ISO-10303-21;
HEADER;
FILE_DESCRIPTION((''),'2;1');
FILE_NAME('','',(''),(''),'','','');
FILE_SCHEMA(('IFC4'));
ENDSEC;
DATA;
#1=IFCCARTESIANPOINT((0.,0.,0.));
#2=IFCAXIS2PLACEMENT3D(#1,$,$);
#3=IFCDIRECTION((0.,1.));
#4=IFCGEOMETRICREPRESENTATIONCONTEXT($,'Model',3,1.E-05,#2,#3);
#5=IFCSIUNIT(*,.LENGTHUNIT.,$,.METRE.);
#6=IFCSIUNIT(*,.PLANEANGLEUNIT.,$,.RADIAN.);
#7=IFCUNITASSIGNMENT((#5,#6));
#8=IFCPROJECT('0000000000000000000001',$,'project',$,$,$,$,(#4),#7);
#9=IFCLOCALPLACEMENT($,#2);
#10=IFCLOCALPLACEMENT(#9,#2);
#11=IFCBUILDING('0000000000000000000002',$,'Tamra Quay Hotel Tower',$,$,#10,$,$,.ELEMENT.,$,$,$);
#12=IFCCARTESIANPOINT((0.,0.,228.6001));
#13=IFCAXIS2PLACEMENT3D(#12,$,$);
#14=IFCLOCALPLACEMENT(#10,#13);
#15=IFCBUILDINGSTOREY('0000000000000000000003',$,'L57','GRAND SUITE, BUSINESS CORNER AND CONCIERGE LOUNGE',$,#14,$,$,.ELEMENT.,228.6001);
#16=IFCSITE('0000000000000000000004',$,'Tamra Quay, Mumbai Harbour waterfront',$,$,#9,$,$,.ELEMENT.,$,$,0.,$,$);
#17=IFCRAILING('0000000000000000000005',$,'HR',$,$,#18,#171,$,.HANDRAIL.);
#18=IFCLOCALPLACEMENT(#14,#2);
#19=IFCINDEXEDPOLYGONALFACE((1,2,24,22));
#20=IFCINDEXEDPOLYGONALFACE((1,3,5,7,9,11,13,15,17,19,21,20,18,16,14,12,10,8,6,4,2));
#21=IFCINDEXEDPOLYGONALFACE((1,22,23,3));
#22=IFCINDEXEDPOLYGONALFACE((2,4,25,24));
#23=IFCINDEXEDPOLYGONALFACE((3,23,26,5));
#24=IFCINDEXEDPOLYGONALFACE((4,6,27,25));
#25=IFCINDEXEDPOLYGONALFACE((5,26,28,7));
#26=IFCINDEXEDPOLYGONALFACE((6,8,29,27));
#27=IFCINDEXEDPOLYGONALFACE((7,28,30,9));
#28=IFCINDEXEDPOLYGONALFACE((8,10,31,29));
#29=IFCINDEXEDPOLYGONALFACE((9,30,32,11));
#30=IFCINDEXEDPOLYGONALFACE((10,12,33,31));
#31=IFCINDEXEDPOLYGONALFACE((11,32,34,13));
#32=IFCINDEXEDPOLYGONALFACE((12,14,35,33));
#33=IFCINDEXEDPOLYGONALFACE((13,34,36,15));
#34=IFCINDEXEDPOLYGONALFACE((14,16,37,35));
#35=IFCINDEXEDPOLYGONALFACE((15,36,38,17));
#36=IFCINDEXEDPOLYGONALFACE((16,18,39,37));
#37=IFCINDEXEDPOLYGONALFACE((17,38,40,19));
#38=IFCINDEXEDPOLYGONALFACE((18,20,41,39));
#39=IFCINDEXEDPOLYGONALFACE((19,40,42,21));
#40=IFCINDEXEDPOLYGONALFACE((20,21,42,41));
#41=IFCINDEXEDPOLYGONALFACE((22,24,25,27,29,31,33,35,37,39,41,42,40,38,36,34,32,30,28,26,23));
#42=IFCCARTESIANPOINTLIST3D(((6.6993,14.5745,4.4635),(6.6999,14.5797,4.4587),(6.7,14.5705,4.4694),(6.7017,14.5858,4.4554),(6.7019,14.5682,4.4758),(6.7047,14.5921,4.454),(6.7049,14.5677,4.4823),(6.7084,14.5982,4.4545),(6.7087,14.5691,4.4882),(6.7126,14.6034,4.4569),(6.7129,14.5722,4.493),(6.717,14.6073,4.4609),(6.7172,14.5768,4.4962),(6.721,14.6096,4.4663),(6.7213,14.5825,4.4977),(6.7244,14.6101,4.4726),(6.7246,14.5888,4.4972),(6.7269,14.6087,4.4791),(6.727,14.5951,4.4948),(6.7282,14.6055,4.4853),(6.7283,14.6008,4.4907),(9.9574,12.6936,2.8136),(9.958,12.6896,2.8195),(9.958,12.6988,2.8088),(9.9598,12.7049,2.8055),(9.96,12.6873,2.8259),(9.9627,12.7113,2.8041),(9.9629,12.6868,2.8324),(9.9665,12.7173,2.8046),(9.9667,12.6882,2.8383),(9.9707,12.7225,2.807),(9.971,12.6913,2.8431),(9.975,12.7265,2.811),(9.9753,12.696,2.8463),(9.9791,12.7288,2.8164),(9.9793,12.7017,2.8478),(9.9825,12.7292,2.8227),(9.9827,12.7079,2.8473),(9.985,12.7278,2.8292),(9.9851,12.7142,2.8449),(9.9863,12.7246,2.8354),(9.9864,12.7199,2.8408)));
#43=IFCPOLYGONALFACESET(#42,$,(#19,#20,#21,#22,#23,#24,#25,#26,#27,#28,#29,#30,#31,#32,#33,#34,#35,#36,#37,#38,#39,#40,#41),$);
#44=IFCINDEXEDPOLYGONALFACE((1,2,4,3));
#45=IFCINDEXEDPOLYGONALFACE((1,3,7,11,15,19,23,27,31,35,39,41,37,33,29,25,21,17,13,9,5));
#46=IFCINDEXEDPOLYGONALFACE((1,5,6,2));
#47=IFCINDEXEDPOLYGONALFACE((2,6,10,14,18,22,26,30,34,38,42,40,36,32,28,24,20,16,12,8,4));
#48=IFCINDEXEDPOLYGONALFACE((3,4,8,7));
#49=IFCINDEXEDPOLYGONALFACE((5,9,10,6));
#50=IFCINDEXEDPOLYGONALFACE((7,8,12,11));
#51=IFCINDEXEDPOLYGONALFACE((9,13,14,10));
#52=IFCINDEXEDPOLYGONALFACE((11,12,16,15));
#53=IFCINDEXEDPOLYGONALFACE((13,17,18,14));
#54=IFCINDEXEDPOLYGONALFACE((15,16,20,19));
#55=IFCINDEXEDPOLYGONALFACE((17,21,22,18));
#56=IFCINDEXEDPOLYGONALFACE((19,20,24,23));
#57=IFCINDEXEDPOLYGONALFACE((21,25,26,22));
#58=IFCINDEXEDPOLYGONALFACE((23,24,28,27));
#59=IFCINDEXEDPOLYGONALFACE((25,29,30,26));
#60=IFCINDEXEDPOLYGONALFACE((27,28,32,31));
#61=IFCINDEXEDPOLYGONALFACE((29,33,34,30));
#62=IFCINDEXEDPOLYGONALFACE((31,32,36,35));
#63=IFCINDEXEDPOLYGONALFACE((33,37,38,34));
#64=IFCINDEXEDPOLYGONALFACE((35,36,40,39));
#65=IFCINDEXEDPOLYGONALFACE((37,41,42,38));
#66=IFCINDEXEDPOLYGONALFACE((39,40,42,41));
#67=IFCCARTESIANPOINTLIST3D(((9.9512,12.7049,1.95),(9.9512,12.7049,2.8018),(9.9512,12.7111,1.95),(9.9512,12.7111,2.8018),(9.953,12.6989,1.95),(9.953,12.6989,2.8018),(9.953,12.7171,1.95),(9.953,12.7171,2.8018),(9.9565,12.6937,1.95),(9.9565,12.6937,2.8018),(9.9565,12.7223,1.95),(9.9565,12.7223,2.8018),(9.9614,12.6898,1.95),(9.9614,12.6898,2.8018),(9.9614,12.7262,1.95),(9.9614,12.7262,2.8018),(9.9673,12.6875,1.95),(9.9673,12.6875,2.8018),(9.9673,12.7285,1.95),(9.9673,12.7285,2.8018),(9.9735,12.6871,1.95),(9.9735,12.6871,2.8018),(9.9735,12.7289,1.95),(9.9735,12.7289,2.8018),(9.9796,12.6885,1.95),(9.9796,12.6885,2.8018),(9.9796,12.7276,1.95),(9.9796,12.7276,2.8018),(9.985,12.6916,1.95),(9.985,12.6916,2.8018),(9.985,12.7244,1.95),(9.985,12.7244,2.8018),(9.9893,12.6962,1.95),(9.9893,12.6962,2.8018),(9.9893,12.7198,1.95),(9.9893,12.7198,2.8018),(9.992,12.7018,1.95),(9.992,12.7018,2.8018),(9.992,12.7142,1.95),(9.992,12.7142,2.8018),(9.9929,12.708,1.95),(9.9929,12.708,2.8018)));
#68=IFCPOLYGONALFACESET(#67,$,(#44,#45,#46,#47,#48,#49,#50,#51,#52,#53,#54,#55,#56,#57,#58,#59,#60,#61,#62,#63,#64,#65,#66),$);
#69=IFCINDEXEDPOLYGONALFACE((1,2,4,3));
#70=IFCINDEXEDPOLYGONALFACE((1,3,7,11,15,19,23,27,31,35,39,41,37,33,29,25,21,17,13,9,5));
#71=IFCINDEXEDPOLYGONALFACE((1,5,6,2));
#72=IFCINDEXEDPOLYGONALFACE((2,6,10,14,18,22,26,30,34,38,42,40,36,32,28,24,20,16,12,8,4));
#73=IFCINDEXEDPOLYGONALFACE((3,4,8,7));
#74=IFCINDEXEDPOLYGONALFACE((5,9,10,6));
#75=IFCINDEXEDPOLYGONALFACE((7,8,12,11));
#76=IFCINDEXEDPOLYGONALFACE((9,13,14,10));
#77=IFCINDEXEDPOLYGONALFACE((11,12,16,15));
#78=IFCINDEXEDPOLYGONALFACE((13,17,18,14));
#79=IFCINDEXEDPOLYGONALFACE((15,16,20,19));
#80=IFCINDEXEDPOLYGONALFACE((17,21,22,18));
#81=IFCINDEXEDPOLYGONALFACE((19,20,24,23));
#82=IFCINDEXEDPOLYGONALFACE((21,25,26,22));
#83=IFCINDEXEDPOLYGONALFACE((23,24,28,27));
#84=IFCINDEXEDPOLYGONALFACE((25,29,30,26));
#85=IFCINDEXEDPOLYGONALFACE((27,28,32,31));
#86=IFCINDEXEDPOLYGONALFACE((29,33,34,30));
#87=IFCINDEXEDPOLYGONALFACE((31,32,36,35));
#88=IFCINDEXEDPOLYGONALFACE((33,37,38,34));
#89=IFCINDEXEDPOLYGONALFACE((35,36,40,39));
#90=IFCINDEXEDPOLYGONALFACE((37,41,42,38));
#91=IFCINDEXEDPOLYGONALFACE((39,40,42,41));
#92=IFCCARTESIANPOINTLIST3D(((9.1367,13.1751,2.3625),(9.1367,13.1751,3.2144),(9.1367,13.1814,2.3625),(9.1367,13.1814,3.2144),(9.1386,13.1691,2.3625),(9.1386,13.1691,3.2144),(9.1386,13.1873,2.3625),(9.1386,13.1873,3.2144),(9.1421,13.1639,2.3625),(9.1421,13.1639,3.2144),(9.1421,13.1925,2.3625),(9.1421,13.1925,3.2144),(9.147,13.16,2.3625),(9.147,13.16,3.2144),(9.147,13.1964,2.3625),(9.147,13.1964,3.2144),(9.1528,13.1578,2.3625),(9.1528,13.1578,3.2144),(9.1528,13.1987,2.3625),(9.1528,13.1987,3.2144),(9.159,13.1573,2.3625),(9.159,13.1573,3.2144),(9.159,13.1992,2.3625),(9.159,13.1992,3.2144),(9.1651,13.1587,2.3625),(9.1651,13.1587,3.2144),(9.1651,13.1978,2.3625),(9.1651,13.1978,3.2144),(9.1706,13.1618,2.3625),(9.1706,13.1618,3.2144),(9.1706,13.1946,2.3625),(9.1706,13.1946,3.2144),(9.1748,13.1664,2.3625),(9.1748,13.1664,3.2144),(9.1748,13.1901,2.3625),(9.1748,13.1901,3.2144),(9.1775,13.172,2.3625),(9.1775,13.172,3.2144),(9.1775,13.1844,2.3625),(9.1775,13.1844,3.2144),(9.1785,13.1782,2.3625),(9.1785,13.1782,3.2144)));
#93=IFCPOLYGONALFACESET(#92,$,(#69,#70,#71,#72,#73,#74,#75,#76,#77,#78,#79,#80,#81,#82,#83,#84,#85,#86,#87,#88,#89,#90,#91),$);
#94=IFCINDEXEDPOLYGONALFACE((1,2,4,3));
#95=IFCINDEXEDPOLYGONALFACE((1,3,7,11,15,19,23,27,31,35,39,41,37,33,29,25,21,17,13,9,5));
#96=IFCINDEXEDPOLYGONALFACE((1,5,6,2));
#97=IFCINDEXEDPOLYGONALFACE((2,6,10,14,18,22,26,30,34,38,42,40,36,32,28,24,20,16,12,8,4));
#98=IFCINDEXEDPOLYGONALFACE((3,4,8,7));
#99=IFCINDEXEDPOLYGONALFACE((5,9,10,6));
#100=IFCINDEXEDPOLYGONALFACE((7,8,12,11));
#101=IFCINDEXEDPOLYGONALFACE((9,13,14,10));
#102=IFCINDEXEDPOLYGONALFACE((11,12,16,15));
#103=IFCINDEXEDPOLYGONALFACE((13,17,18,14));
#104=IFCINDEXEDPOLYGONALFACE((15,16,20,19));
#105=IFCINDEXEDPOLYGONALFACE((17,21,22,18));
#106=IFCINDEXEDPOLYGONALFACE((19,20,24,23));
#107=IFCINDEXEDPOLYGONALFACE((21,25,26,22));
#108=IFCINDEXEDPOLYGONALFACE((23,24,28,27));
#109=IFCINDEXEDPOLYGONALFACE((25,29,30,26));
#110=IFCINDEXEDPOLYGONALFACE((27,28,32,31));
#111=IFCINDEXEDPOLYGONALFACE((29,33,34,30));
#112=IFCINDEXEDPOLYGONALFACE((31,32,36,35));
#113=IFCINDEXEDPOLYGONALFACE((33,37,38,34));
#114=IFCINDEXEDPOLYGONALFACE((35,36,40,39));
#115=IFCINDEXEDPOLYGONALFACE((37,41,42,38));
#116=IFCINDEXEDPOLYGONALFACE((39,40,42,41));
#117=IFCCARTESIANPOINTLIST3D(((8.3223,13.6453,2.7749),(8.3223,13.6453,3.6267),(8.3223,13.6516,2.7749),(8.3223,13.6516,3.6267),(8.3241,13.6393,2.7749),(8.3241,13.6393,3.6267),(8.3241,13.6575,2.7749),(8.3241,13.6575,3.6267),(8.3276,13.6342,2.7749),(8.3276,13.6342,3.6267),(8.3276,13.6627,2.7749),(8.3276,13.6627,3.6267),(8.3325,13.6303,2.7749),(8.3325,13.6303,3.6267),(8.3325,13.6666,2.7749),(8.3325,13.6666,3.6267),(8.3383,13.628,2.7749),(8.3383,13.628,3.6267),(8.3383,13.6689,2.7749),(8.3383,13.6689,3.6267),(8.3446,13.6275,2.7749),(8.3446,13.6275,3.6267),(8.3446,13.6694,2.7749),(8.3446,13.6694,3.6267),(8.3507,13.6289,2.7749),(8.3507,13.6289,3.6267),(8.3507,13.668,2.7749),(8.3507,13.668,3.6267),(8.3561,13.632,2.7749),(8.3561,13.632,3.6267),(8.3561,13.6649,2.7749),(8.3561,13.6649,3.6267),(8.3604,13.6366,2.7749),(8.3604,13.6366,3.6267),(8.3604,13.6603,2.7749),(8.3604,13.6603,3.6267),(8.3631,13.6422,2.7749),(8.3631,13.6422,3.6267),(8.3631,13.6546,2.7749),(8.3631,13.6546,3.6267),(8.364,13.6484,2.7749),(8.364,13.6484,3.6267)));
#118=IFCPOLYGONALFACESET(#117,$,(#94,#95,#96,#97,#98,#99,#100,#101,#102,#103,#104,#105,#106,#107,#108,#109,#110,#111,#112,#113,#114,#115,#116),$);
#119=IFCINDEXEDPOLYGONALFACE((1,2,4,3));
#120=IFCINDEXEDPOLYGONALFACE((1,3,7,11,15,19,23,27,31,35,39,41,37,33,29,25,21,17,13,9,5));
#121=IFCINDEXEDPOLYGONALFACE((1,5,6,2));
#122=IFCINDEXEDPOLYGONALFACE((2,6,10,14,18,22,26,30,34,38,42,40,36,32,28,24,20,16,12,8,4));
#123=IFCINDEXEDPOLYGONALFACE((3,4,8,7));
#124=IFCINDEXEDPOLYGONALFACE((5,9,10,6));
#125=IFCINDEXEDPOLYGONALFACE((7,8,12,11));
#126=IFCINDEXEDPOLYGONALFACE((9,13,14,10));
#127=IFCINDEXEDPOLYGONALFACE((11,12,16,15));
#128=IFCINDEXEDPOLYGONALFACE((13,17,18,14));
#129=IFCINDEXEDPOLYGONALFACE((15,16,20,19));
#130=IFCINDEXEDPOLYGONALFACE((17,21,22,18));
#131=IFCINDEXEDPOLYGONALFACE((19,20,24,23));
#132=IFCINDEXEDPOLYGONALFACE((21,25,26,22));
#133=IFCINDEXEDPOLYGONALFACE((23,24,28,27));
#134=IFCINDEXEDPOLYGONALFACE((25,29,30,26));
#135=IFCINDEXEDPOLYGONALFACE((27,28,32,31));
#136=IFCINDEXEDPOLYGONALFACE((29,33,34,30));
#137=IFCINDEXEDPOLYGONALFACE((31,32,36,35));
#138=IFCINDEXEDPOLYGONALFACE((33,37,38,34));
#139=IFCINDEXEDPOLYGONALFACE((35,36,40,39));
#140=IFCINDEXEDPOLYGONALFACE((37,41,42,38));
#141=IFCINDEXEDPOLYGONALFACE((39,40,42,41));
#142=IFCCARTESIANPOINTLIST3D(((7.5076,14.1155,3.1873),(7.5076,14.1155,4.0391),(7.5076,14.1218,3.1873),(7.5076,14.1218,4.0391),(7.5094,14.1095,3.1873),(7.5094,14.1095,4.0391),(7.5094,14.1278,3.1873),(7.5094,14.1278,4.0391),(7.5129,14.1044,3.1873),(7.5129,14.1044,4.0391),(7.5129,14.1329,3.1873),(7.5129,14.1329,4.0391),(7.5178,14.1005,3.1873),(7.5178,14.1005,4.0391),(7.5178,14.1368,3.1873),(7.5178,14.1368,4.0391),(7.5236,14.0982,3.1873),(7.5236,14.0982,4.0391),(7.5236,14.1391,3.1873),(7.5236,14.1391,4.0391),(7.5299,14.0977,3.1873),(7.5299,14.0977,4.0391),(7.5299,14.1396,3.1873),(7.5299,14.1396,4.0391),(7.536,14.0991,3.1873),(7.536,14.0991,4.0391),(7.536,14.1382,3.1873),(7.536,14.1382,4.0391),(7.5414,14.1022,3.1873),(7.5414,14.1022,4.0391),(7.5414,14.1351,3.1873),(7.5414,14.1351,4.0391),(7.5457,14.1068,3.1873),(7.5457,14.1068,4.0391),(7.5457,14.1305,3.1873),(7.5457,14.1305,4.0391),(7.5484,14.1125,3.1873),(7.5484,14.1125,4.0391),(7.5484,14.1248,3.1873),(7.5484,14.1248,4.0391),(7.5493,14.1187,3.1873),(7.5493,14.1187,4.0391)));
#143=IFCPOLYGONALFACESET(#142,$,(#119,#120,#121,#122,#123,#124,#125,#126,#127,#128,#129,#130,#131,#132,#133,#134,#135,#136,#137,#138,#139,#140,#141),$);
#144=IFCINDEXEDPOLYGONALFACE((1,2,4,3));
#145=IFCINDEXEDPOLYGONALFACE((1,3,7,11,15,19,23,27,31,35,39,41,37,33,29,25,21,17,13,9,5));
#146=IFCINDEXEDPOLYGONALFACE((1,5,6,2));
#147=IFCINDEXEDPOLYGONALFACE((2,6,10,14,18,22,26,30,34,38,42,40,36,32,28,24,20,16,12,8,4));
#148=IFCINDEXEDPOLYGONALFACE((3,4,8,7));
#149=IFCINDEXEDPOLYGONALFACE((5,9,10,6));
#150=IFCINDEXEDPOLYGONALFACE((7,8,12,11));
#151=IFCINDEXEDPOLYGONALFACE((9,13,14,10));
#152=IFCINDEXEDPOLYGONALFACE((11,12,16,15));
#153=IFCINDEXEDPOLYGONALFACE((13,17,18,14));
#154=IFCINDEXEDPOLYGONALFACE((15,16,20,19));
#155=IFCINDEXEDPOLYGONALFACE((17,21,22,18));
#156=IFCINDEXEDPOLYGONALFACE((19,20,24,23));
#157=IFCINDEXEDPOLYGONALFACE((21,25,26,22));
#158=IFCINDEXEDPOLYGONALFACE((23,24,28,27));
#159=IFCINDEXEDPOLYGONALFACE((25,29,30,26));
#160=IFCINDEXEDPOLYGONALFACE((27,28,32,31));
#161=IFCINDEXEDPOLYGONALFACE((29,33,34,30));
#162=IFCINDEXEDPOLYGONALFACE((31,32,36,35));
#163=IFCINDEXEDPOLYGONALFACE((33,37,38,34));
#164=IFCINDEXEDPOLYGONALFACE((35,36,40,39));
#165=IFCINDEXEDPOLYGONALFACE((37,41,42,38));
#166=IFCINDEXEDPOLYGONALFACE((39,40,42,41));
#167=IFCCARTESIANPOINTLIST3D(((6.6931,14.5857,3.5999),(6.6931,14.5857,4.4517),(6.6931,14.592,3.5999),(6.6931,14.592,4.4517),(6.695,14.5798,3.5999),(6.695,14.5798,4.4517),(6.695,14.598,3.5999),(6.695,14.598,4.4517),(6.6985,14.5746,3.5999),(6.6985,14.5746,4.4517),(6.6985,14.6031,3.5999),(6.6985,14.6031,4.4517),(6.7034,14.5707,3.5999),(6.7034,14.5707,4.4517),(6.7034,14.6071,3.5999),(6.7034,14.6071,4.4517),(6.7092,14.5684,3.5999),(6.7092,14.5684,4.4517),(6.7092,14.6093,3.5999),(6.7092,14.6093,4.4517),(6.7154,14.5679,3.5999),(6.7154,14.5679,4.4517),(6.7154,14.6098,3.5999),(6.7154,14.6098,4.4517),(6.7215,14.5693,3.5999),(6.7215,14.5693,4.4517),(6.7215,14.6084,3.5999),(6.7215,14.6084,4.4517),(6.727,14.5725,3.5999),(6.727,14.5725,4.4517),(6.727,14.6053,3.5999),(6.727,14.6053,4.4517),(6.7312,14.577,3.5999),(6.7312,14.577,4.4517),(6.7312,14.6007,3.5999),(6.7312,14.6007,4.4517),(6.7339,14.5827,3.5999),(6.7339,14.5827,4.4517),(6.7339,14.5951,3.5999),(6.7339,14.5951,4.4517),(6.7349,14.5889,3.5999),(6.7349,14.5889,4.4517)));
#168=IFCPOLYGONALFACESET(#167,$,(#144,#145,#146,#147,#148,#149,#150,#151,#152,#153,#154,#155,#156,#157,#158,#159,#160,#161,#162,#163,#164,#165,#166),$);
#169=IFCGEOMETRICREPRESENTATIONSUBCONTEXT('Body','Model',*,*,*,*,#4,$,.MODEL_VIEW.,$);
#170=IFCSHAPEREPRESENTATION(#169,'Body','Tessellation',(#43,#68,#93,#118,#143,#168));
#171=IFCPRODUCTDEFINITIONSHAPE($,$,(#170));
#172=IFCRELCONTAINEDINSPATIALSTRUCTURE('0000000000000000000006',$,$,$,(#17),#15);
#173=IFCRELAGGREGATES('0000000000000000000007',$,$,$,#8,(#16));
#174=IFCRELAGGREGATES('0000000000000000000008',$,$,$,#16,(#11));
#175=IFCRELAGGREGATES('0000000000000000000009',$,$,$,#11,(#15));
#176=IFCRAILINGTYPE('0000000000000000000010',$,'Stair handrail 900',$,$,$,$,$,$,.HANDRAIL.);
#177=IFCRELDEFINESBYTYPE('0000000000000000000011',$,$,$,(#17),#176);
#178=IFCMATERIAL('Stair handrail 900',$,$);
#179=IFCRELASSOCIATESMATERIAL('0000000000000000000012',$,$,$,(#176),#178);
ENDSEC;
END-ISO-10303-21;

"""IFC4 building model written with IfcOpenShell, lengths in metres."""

from ifc_helpers import new_model, si_unit, direction, frame, origin, origin_2d, place, context, subcontext, project, spatial, circle, extrude, material, type_object, element, save


model = new_model("IFC4")

# Units and contexts
model_context = context("Model", 3, precision=1e-05, world=origin(), true_north=direction((0.0, 1.0)))
body_context = subcontext(model_context, "Body", "Model", "MODEL_VIEW")
ifc_project = project(units=[si_unit("LENGTHUNIT", "METRE"), si_unit("PLANEANGLEUNIT", "RADIAN")], contexts=[model_context])

# Site, building, storey
site_placement = place(None, origin())
site = spatial("IfcSite", under=ifc_project, at=site_placement, Name="Tamra Quay, Mumbai Harbour waterfront", CompositionType="ELEMENT", RefElevation=0.0)
building_placement = place(site_placement, origin())
building = spatial("IfcBuilding", under=site, at=building_placement, Name="Tamra Quay Hotel Tower", CompositionType="ELEMENT")
storey_placement = place(building_placement, frame((0.0, 0.0, 228.6001)))
storey = spatial("IfcBuildingStorey", under=building, at=storey_placement, Name="L57", Description="GRAND SUITE, BUSINESS CORNER AND CONCIERGE LOUNGE", CompositionType="ELEMENT", Elevation=228.6001)

# Railing
ifc_material_1 = material(Name="Stair handrail 900")
railing_type_1 = type_object("IfcRailingType", Name="Stair handrail 900", PredefinedType="HANDRAIL", material=ifc_material_1)
railing_1_placement = place(storey_placement, frame((9.9719, 12.708, 1.95)))
element("IfcRailing", 1, at=railing_1_placement, inside=storey, type_object=railing_type_1, Name="HR", PredefinedType="HANDRAIL", context=body_context, shape_type="SweptSolid", body=[
    extrude(circle(Radius=0.0239, at=origin_2d()), frame((0.0, 0.0, 0.876), z_axis=(-0.793122, 0.457865, 0.401642), x_axis=(-0.499964, -0.866046, 0.0)), (0.0, 0.0, 1.0), 4.1079),
    extrude(circle(Radius=0.021, at=origin_2d()), origin(), (0.0, 0.0, 1.0), 0.8518),
    extrude(circle(Radius=0.021, at=origin_2d()), frame((-0.8145, 0.4702, 0.4126)), (0.0, 0.0, 1.0), 0.8518),
    extrude(circle(Radius=0.021, at=origin_2d()), frame((-1.6289, 0.9404, 0.825)), (0.0, 0.0, 1.0), 0.8518),
    extrude(circle(Radius=0.021, at=origin_2d()), frame((-2.4436, 1.4106, 1.2373)), (0.0, 0.0, 1.0), 0.8518),
    extrude(circle(Radius=0.021, at=origin_2d()), frame((-3.2581, 1.8809, 1.6499)), (0.0, 0.0, 1.0), 0.8518),
])

save(model, "model.ifc")
